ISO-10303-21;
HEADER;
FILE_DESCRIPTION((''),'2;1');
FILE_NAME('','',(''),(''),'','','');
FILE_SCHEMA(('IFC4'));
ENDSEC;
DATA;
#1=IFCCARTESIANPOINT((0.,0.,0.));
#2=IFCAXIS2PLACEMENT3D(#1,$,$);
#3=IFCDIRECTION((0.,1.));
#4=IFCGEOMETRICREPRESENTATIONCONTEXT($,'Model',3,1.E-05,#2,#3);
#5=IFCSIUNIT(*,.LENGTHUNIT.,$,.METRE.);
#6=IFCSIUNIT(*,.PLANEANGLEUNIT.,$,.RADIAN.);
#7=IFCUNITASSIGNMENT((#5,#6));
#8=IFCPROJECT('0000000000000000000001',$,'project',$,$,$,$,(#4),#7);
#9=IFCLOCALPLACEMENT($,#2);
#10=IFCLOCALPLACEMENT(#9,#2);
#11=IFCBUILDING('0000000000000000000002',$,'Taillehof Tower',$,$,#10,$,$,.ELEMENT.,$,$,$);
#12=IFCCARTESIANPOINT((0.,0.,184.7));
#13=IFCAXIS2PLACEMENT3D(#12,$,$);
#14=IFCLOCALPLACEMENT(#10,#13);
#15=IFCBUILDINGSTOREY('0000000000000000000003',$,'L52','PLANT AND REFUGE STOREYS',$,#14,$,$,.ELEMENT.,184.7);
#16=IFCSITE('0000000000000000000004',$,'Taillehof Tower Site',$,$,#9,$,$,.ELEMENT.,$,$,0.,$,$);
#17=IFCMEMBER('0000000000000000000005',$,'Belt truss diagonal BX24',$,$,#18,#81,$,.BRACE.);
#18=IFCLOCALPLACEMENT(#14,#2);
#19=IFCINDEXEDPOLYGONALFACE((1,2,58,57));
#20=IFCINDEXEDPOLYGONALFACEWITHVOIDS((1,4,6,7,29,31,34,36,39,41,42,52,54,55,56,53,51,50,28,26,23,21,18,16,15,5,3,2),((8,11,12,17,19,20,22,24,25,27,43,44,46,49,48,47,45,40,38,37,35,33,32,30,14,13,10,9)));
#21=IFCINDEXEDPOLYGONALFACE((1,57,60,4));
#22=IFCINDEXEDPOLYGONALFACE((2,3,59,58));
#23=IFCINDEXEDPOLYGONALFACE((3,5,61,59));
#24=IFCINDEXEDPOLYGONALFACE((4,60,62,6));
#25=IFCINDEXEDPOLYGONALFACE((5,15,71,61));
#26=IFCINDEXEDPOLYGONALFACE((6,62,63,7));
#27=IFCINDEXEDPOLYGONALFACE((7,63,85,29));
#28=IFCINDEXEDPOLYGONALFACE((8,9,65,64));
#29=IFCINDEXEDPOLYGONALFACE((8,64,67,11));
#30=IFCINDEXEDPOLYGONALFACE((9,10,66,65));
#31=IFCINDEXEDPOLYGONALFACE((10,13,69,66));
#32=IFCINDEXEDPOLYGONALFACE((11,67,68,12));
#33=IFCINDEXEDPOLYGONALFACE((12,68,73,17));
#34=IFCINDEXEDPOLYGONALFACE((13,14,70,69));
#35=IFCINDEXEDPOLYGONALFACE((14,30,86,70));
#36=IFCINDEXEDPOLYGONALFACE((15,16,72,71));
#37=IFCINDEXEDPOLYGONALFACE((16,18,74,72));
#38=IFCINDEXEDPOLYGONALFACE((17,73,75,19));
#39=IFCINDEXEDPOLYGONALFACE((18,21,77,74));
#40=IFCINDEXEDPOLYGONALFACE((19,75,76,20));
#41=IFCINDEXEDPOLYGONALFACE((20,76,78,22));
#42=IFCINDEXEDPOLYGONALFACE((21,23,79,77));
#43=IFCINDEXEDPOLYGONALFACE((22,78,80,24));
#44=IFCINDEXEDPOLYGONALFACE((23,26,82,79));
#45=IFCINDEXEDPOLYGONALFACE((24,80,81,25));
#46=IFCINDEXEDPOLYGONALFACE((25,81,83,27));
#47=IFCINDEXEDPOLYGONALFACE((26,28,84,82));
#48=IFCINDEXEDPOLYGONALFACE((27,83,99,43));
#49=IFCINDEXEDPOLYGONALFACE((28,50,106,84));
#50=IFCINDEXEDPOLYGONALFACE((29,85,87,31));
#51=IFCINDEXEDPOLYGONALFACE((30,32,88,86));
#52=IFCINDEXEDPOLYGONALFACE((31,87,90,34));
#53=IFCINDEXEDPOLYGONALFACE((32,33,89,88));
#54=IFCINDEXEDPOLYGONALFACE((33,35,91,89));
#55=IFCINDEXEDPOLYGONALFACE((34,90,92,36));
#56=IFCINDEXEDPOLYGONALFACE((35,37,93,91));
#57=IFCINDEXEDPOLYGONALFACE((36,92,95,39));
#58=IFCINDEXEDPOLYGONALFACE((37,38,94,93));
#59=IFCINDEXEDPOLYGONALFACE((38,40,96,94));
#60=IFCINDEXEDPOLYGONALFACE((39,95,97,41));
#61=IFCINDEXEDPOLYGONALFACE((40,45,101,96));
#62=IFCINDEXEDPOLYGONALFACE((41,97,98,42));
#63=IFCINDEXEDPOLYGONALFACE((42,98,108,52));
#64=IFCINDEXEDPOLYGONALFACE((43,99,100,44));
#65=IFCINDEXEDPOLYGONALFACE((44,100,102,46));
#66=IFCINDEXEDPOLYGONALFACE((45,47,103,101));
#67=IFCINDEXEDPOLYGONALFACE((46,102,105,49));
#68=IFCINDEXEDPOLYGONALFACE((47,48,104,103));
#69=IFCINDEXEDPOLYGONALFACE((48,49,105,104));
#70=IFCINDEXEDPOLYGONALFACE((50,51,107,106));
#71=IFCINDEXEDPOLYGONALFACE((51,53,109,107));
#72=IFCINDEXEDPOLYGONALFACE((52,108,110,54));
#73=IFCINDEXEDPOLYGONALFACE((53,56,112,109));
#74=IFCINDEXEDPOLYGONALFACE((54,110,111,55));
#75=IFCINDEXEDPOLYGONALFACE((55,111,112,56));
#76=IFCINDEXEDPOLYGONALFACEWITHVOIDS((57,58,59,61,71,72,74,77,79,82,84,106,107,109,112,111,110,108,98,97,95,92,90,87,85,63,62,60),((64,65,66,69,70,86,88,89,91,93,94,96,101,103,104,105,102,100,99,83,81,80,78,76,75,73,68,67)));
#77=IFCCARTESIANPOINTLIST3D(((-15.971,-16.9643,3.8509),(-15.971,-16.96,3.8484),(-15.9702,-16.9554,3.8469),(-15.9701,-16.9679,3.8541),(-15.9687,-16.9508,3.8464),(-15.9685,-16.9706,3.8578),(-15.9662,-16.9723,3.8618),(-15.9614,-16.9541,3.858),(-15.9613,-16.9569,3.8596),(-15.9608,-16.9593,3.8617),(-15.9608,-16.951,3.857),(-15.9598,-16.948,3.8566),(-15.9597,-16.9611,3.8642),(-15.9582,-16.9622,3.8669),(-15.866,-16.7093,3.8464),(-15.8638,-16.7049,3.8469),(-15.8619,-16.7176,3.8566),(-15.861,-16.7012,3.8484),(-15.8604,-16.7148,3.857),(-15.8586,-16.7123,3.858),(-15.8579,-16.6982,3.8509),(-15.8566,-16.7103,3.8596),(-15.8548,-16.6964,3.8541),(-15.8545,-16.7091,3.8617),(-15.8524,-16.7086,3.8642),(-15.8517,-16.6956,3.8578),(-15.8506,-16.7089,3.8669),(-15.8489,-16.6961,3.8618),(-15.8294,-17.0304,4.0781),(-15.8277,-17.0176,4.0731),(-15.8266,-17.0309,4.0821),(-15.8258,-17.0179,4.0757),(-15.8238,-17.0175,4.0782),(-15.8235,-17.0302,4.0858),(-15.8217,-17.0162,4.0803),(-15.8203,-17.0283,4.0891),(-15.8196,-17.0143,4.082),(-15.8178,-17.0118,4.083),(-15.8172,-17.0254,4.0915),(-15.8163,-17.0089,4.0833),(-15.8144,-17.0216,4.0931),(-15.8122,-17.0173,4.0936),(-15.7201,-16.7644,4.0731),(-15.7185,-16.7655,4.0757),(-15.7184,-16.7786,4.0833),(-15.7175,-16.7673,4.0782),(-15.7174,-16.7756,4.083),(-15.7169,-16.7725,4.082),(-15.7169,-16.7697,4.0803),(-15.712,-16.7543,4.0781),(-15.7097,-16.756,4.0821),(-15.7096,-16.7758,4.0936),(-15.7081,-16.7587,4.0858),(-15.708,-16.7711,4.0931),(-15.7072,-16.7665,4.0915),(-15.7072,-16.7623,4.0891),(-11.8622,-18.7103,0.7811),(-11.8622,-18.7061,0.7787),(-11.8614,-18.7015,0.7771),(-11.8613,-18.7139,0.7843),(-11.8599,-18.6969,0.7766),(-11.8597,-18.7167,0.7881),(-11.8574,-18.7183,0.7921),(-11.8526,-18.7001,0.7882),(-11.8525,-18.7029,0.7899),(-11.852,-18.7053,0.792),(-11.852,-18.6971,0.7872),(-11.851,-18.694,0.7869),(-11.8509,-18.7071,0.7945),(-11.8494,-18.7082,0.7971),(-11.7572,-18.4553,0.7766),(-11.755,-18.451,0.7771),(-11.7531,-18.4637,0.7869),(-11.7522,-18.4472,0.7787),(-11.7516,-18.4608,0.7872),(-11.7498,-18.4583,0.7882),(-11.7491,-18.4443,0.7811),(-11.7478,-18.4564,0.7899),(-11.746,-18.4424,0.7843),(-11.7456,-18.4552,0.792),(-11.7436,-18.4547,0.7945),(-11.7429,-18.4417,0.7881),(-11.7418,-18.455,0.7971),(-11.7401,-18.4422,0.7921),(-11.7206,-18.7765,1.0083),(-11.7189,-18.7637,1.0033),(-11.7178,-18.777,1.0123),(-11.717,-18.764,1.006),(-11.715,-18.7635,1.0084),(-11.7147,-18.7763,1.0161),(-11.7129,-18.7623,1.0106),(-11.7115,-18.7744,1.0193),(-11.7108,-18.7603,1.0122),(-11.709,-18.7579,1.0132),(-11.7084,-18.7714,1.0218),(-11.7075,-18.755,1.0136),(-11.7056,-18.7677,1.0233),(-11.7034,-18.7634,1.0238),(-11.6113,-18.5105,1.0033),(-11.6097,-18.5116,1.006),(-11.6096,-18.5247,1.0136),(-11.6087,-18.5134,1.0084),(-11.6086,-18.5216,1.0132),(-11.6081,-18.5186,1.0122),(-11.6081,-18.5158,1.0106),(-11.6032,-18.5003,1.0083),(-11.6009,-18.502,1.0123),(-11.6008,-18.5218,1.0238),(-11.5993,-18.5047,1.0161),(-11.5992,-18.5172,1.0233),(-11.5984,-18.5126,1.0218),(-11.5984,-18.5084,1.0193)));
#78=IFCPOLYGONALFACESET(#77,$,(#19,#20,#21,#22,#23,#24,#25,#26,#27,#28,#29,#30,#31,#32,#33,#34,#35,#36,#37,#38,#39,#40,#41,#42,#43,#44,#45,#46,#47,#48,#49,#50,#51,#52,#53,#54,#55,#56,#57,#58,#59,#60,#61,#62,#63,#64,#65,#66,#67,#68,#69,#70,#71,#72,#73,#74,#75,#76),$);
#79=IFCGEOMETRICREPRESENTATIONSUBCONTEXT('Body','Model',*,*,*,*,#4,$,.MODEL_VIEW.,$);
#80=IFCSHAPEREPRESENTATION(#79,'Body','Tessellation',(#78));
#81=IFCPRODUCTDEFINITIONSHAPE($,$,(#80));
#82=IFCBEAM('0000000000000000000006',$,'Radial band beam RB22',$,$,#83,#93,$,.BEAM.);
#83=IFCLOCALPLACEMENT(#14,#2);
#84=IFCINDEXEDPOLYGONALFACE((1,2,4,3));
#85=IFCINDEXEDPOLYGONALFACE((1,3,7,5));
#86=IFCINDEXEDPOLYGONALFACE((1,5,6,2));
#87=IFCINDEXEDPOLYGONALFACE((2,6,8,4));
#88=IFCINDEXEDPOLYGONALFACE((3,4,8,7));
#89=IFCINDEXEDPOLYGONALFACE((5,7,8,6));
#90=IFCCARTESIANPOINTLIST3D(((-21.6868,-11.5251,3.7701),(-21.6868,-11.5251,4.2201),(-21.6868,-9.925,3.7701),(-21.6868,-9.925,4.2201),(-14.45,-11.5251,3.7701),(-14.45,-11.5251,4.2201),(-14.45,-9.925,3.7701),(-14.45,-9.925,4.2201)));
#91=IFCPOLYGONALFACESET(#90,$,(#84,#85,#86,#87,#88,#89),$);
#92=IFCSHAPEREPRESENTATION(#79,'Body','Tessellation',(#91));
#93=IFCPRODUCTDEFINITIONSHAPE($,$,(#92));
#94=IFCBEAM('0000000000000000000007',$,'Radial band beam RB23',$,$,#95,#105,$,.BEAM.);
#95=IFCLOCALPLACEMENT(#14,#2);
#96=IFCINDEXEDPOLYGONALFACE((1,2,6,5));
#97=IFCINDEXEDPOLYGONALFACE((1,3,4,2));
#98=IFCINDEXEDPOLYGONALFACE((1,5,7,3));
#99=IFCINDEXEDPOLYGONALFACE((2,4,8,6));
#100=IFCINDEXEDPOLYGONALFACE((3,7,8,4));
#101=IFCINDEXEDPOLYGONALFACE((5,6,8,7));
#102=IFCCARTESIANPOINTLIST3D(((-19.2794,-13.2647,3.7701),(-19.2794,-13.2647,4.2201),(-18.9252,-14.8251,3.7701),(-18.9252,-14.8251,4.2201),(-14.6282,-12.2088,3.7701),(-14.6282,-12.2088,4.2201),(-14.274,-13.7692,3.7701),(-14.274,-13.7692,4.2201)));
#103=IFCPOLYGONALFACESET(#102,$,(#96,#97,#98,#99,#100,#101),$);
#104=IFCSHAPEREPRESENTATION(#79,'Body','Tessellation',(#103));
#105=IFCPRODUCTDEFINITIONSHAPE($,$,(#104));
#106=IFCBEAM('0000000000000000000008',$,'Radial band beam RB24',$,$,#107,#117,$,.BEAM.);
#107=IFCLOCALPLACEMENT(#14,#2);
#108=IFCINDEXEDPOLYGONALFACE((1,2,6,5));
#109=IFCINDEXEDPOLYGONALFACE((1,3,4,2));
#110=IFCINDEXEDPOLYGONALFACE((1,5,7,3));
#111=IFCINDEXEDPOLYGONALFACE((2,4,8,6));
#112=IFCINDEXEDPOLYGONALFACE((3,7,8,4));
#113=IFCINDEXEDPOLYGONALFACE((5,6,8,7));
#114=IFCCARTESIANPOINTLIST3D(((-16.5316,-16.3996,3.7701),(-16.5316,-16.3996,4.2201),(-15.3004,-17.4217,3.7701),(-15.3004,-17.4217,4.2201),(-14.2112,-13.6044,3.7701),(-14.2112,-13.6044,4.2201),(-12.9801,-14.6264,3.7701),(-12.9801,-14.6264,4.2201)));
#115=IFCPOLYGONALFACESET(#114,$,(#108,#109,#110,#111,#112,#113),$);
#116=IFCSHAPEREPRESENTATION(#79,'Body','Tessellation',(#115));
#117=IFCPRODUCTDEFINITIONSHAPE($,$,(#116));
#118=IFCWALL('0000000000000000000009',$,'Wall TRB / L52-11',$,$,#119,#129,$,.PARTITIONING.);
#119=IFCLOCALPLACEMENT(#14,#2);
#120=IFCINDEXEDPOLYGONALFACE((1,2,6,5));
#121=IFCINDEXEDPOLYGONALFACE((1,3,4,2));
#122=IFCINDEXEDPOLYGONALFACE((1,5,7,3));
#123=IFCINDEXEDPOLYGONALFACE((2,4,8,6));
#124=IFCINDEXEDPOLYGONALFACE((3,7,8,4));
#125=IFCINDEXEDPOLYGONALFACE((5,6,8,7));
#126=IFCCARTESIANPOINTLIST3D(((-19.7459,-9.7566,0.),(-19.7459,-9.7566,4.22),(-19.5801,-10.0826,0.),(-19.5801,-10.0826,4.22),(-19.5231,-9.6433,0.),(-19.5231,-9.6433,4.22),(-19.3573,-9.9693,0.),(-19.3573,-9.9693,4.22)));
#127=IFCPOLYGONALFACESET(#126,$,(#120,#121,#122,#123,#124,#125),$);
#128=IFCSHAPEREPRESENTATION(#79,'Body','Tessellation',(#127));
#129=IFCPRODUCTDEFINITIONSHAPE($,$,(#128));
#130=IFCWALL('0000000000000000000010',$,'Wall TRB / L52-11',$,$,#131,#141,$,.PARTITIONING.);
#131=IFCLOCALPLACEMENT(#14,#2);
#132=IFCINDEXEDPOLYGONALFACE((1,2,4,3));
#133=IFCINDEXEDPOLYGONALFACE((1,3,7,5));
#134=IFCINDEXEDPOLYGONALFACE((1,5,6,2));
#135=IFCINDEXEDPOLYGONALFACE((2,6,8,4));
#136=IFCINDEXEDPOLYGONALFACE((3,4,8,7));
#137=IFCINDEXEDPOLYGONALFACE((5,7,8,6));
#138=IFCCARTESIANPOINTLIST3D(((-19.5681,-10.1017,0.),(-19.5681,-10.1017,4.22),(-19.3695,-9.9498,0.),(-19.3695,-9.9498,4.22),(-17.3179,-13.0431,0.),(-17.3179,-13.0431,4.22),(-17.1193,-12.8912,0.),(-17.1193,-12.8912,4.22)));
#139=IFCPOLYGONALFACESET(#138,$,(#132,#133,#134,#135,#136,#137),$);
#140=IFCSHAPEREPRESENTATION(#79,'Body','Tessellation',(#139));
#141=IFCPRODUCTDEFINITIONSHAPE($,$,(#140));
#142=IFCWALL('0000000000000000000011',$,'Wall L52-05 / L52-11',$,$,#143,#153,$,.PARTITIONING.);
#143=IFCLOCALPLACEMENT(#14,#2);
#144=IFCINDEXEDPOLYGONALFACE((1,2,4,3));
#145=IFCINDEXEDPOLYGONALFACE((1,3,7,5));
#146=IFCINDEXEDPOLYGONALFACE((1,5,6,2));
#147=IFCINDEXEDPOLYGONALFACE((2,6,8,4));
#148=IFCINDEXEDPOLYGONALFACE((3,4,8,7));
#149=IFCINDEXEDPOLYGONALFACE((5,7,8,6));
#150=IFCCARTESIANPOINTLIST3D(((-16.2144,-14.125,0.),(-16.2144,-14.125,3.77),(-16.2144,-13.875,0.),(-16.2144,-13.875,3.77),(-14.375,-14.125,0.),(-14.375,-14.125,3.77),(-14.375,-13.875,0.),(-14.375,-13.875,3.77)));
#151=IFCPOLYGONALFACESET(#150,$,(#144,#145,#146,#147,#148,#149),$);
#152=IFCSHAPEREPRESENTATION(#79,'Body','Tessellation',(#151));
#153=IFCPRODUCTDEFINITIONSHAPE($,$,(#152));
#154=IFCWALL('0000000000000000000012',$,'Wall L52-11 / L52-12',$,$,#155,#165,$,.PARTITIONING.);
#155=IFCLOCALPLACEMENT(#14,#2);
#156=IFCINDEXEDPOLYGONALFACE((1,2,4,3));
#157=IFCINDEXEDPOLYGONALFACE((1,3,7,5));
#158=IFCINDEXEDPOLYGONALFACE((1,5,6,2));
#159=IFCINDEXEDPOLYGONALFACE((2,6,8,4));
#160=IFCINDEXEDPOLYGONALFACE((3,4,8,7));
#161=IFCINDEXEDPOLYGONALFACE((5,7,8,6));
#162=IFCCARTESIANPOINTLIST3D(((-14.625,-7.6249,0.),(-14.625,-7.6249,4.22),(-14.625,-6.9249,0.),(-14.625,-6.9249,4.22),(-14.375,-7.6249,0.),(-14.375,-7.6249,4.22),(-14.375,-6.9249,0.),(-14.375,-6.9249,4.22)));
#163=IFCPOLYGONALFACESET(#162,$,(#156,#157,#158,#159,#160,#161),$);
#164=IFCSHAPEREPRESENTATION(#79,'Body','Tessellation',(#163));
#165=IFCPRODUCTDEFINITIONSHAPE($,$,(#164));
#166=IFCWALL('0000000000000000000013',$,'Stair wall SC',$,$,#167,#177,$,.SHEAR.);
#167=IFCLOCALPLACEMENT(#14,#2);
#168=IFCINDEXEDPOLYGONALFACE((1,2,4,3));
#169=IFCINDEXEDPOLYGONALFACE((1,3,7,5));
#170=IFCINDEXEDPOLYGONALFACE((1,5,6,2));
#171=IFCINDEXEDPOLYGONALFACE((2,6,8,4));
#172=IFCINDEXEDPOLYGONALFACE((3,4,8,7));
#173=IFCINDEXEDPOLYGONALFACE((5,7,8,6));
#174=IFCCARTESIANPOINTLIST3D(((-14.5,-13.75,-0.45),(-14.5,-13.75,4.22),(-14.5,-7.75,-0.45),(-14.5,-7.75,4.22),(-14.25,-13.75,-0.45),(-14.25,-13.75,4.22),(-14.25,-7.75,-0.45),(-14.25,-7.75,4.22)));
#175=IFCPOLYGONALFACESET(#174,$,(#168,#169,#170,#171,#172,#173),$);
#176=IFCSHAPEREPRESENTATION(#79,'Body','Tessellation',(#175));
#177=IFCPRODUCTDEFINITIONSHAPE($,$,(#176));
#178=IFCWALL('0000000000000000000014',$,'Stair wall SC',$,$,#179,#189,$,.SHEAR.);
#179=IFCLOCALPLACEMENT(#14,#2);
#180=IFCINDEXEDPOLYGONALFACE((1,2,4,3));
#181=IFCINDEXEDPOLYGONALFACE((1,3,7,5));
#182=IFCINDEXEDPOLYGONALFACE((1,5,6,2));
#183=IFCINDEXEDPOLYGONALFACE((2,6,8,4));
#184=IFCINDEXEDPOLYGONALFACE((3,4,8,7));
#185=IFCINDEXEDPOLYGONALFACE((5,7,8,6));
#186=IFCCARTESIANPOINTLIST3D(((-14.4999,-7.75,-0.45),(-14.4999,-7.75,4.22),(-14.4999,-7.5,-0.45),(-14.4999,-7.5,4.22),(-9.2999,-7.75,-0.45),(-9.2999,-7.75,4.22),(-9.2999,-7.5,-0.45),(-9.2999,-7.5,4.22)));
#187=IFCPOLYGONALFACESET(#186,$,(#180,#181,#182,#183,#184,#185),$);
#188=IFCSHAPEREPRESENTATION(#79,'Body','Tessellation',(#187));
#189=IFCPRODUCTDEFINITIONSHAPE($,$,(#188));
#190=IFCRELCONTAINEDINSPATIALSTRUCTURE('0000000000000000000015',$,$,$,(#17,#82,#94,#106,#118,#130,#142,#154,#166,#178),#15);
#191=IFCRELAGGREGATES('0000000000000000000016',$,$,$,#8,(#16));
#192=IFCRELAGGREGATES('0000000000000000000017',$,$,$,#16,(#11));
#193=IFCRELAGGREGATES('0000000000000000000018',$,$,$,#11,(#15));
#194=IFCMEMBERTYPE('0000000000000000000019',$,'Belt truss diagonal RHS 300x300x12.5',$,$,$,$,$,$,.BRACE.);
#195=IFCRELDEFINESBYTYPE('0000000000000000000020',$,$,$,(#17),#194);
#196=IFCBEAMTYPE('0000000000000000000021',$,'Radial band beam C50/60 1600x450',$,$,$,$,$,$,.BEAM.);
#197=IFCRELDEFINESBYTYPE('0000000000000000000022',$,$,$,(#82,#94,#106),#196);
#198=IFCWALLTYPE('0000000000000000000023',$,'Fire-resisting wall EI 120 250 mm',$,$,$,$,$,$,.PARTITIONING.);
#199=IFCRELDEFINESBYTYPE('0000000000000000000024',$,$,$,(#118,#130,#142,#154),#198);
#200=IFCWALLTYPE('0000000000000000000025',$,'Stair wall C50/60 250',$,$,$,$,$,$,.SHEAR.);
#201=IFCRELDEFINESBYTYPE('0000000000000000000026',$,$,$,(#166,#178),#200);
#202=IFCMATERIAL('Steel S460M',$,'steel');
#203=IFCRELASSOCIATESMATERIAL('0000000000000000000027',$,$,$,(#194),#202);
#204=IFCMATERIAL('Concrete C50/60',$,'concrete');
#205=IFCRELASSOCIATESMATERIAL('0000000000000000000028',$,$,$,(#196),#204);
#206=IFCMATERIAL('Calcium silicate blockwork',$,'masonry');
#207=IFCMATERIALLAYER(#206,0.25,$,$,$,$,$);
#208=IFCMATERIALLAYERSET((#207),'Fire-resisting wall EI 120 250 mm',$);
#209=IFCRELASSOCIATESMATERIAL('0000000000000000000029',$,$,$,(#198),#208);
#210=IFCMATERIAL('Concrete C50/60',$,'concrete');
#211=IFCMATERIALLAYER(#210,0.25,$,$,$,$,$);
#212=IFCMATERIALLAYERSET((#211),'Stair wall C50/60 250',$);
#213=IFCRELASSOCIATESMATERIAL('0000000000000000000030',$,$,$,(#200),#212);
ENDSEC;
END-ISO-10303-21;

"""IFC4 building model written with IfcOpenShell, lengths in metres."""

from ifc_helpers import new_model, si_unit, direction, frame, frame_2d, origin, origin_2d, place, context, subcontext, project, spatial, rectangle, hollow_rectangle, extrude, material, layer, layer_set, material_profile, profile_set, type_object, element, save


model = new_model("IFC4")

# Units and contexts
model_context = context("Model", 3, precision=1e-05, world=origin(), true_north=direction((0.0, 1.0)))
body_context = subcontext(model_context, "Body", "Model", "MODEL_VIEW")
ifc_project = project(units=[si_unit("LENGTHUNIT", "METRE"), si_unit("PLANEANGLEUNIT", "RADIAN")], contexts=[model_context])

# Site, building, storey
site_placement = place(None, origin())
site = spatial("IfcSite", under=ifc_project, at=site_placement, Name="Taillehof Tower Site", CompositionType="ELEMENT", RefElevation=0.0)
building_placement = place(site_placement, origin())
building = spatial("IfcBuilding", under=site, at=building_placement, Name="Taillehof Tower", CompositionType="ELEMENT")
storey_placement = place(building_placement, frame((0.0, 0.0, 184.7)))
storey = spatial("IfcBuildingStorey", under=building, at=storey_placement, Name="L52", Description="PLANT AND REFUGE STOREYS", CompositionType="ELEMENT", Elevation=184.7)

# Member
ifc_material_1 = material(Name="Steel S460M", Category="steel")
ifc_material_profile_1 = material_profile(ifc_material_1, hollow_rectangle(XDim=0.3, YDim=0.3, WallThickness=0.0125, InnerFilletRadius=0.0125, OuterFilletRadius=0.0188, at=origin_2d()), Name="RHS 300x300x12.5")
ifc_profile_set_1 = profile_set([ifc_material_profile_1], Name="Steel S460M")
member_type_1 = type_object("IfcMemberType", Name="Belt truss diagonal RHS 300x300x12.5", PredefinedType="BRACE", material=ifc_profile_set_1)
member_1_placement = place(storey_placement, frame((-15.8391, -16.8633, 3.97), z_axis=(0.758366, -0.322272, -0.566589), x_axis=(0.391106, 0.920346, 0.0)))
element("IfcMember", 1, at=member_1_placement, inside=storey, type_object=member_type_1, Name="Belt truss diagonal BX24", PredefinedType="BRACE", context=body_context, shape_type="SweptSolid", body=[
    extrude(hollow_rectangle(XDim=0.3, YDim=0.3, WallThickness=0.0125, InnerFilletRadius=0.0125, OuterFilletRadius=0.0188, at=origin_2d()), origin(), (0.0, 0.0, 1.0), 5.418),
])

# Beams
ifc_material_2 = material(Name="Concrete C50/60", Category="concrete")
ifc_material_profile_2 = material_profile(ifc_material_2, rectangle(XDim=1.6001, YDim=0.45, at=origin_2d()), Name="RC 1600x450")
ifc_profile_set_2 = profile_set([ifc_material_profile_2], Name="Concrete C50/60")
beam_type = type_object("IfcBeamType", Name="Radial band beam C50/60 1600x450", PredefinedType="BEAM", material=ifc_profile_set_2)
beam_1_placement = place(storey_placement, frame((-21.6868, -10.7251, 3.9951), z_axis=(1.0, 0.0, 0.0), x_axis=(0.0, 1.0, 0.0)))
element("IfcBeam", 2, at=beam_1_placement, inside=storey, type_object=beam_type, Name="Radial band beam RB22", PredefinedType="BEAM", context=body_context, shape_type="SweptSolid", body=[
    extrude(rectangle(XDim=1.6001, YDim=0.45, at=origin_2d()), origin(), (0.0, 0.0, 1.0), 7.2368),
])
beam_2_placement = place(storey_placement, frame((-19.1023, -14.0449, 3.9951), z_axis=(0.975186, 0.221389, 0.0), x_axis=(-0.221389, 0.975186, 0.0)))
element("IfcBeam", 3, at=beam_2_placement, inside=storey, type_object=beam_type, Name="Radial band beam RB23", PredefinedType="BEAM", context=body_context, shape_type="SweptSolid", body=[
    extrude(rectangle(XDim=1.6001, YDim=0.45, at=origin_2d()), origin(), (0.0, 0.0, 1.0), 4.7695),
])
beam_3_placement = place(storey_placement, frame((-15.916, -16.9106, 3.9951), z_axis=(0.638722, 0.769437, 0.0), x_axis=(-0.769437, 0.638722, 0.0)))
element("IfcBeam", 4, at=beam_3_placement, inside=storey, type_object=beam_type, Name="Radial band beam RB24", PredefinedType="BEAM", context=body_context, shape_type="SweptSolid", body=[
    extrude(rectangle(XDim=1.6001, YDim=0.45, at=origin_2d()), origin(), (0.0, 0.0, 1.0), 3.6328),
])

# Walls
ifc_material_3 = material(Name="Calcium silicate blockwork", Category="masonry")
ifc_layer_1 = layer(ifc_material_3, 0.25)
ifc_layer_set_1 = layer_set([ifc_layer_1], Name="Fire-resisting wall EI 120 250 mm")
wall_type_1 = type_object("IfcWallType", Name="Fire-resisting wall EI 120 250 mm", PredefinedType="PARTITIONING", material=ifc_layer_set_1)
wall_1_placement = place(storey_placement, frame((-19.6345, -9.7, 0.0), z_axis=(0.0, 0.0, 1.0), x_axis=(0.453346, -0.891335, 0.0)))
element("IfcWall", 5, at=wall_1_placement, inside=storey, type_object=wall_type_1, Name="Wall TRB / L52-11", PredefinedType="PARTITIONING", context=body_context, shape_type="SweptSolid", body=[
    extrude(rectangle(XDim=0.3657, YDim=0.25, at=frame_2d((0.1829, 0.0))), origin(), (0.0, 0.0, 1.0), 4.22),
])
wall_2_placement = place(storey_placement, frame((-19.4688, -10.0259, 0.0), z_axis=(0.0, 0.0, 1.0), x_axis=(0.607609, -0.794236, 0.0)))
element("IfcWall", 6, at=wall_2_placement, inside=storey, type_object=wall_type_1, Name="Wall TRB / L52-11", PredefinedType="PARTITIONING", context=body_context, shape_type="SweptSolid", body=[
    extrude(rectangle(XDim=3.7034, YDim=0.25, at=frame_2d((1.8516, 0.0))), origin(), (0.0, 0.0, 1.0), 4.22),
])
wall_3_placement = place(storey_placement, frame((-16.2144, -14.0, 0.0), z_axis=(0.0, 0.0, 1.0), x_axis=(1.0, 0.0, 0.0)))
element("IfcWall", 7, at=wall_3_placement, inside=storey, type_object=wall_type_1, Name="Wall L52-05 / L52-11", PredefinedType="PARTITIONING", context=body_context, shape_type="SweptSolid", body=[
    extrude(rectangle(XDim=1.8394, YDim=0.25, at=frame_2d((0.9197, 0.0))), origin(), (0.0, 0.0, 1.0), 3.77),
])
wall_4_placement = place(storey_placement, frame((-14.5, -7.625, 0.0), z_axis=(0.0, 0.0, 1.0), x_axis=(0.0, 1.0, 0.0)))
element("IfcWall", 8, at=wall_4_placement, inside=storey, type_object=wall_type_1, Name="Wall L52-11 / L52-12", PredefinedType="PARTITIONING", context=body_context, shape_type="SweptSolid", body=[
    extrude(rectangle(XDim=0.7, YDim=0.25, at=frame_2d((0.3501, 0.0))), origin(), (0.0, 0.0, 1.0), 4.22),
])
ifc_material_4 = material(Name="Concrete C50/60", Category="concrete")
ifc_layer_2 = layer(ifc_material_4, 0.25)
ifc_layer_set_2 = layer_set([ifc_layer_2], Name="Stair wall C50/60 250")
wall_type_2 = type_object("IfcWallType", Name="Stair wall C50/60 250", PredefinedType="SHEAR", material=ifc_layer_set_2)
wall_5_placement = place(storey_placement, frame((-14.375, -13.75, -0.45), z_axis=(0.0, 0.0, 1.0), x_axis=(0.0, 1.0, 0.0)))
element("IfcWall", 9, at=wall_5_placement, inside=storey, type_object=wall_type_2, Name="Stair wall SC", PredefinedType="SHEAR", context=body_context, shape_type="SweptSolid", body=[
    extrude(rectangle(XDim=6.0, YDim=0.25, at=frame_2d((3.0, 0.0))), origin(), (0.0, 0.0, 1.0), 4.6699),
])
for number, where, z_axis, x_axis, name in (
    (10, (-14.5, -7.625, -0.45), (0.0, 0.0, 1.0), (1.0, 0.0, 0.0), "Stair wall SC"),
):
    element("IfcWall", number, at=place(storey_placement, frame(where, z_axis=z_axis, x_axis=x_axis)), inside=storey, type_object=wall_type_2, Name=name, PredefinedType="SHEAR", context=body_context, shape_type="SweptSolid", body=[
        extrude(rectangle(XDim=5.2, YDim=0.25, at=frame_2d((2.6001, 0.0))), origin(), (0.0, 0.0, 1.0), 4.6699),
    ])

save(model, "model.ifc")
